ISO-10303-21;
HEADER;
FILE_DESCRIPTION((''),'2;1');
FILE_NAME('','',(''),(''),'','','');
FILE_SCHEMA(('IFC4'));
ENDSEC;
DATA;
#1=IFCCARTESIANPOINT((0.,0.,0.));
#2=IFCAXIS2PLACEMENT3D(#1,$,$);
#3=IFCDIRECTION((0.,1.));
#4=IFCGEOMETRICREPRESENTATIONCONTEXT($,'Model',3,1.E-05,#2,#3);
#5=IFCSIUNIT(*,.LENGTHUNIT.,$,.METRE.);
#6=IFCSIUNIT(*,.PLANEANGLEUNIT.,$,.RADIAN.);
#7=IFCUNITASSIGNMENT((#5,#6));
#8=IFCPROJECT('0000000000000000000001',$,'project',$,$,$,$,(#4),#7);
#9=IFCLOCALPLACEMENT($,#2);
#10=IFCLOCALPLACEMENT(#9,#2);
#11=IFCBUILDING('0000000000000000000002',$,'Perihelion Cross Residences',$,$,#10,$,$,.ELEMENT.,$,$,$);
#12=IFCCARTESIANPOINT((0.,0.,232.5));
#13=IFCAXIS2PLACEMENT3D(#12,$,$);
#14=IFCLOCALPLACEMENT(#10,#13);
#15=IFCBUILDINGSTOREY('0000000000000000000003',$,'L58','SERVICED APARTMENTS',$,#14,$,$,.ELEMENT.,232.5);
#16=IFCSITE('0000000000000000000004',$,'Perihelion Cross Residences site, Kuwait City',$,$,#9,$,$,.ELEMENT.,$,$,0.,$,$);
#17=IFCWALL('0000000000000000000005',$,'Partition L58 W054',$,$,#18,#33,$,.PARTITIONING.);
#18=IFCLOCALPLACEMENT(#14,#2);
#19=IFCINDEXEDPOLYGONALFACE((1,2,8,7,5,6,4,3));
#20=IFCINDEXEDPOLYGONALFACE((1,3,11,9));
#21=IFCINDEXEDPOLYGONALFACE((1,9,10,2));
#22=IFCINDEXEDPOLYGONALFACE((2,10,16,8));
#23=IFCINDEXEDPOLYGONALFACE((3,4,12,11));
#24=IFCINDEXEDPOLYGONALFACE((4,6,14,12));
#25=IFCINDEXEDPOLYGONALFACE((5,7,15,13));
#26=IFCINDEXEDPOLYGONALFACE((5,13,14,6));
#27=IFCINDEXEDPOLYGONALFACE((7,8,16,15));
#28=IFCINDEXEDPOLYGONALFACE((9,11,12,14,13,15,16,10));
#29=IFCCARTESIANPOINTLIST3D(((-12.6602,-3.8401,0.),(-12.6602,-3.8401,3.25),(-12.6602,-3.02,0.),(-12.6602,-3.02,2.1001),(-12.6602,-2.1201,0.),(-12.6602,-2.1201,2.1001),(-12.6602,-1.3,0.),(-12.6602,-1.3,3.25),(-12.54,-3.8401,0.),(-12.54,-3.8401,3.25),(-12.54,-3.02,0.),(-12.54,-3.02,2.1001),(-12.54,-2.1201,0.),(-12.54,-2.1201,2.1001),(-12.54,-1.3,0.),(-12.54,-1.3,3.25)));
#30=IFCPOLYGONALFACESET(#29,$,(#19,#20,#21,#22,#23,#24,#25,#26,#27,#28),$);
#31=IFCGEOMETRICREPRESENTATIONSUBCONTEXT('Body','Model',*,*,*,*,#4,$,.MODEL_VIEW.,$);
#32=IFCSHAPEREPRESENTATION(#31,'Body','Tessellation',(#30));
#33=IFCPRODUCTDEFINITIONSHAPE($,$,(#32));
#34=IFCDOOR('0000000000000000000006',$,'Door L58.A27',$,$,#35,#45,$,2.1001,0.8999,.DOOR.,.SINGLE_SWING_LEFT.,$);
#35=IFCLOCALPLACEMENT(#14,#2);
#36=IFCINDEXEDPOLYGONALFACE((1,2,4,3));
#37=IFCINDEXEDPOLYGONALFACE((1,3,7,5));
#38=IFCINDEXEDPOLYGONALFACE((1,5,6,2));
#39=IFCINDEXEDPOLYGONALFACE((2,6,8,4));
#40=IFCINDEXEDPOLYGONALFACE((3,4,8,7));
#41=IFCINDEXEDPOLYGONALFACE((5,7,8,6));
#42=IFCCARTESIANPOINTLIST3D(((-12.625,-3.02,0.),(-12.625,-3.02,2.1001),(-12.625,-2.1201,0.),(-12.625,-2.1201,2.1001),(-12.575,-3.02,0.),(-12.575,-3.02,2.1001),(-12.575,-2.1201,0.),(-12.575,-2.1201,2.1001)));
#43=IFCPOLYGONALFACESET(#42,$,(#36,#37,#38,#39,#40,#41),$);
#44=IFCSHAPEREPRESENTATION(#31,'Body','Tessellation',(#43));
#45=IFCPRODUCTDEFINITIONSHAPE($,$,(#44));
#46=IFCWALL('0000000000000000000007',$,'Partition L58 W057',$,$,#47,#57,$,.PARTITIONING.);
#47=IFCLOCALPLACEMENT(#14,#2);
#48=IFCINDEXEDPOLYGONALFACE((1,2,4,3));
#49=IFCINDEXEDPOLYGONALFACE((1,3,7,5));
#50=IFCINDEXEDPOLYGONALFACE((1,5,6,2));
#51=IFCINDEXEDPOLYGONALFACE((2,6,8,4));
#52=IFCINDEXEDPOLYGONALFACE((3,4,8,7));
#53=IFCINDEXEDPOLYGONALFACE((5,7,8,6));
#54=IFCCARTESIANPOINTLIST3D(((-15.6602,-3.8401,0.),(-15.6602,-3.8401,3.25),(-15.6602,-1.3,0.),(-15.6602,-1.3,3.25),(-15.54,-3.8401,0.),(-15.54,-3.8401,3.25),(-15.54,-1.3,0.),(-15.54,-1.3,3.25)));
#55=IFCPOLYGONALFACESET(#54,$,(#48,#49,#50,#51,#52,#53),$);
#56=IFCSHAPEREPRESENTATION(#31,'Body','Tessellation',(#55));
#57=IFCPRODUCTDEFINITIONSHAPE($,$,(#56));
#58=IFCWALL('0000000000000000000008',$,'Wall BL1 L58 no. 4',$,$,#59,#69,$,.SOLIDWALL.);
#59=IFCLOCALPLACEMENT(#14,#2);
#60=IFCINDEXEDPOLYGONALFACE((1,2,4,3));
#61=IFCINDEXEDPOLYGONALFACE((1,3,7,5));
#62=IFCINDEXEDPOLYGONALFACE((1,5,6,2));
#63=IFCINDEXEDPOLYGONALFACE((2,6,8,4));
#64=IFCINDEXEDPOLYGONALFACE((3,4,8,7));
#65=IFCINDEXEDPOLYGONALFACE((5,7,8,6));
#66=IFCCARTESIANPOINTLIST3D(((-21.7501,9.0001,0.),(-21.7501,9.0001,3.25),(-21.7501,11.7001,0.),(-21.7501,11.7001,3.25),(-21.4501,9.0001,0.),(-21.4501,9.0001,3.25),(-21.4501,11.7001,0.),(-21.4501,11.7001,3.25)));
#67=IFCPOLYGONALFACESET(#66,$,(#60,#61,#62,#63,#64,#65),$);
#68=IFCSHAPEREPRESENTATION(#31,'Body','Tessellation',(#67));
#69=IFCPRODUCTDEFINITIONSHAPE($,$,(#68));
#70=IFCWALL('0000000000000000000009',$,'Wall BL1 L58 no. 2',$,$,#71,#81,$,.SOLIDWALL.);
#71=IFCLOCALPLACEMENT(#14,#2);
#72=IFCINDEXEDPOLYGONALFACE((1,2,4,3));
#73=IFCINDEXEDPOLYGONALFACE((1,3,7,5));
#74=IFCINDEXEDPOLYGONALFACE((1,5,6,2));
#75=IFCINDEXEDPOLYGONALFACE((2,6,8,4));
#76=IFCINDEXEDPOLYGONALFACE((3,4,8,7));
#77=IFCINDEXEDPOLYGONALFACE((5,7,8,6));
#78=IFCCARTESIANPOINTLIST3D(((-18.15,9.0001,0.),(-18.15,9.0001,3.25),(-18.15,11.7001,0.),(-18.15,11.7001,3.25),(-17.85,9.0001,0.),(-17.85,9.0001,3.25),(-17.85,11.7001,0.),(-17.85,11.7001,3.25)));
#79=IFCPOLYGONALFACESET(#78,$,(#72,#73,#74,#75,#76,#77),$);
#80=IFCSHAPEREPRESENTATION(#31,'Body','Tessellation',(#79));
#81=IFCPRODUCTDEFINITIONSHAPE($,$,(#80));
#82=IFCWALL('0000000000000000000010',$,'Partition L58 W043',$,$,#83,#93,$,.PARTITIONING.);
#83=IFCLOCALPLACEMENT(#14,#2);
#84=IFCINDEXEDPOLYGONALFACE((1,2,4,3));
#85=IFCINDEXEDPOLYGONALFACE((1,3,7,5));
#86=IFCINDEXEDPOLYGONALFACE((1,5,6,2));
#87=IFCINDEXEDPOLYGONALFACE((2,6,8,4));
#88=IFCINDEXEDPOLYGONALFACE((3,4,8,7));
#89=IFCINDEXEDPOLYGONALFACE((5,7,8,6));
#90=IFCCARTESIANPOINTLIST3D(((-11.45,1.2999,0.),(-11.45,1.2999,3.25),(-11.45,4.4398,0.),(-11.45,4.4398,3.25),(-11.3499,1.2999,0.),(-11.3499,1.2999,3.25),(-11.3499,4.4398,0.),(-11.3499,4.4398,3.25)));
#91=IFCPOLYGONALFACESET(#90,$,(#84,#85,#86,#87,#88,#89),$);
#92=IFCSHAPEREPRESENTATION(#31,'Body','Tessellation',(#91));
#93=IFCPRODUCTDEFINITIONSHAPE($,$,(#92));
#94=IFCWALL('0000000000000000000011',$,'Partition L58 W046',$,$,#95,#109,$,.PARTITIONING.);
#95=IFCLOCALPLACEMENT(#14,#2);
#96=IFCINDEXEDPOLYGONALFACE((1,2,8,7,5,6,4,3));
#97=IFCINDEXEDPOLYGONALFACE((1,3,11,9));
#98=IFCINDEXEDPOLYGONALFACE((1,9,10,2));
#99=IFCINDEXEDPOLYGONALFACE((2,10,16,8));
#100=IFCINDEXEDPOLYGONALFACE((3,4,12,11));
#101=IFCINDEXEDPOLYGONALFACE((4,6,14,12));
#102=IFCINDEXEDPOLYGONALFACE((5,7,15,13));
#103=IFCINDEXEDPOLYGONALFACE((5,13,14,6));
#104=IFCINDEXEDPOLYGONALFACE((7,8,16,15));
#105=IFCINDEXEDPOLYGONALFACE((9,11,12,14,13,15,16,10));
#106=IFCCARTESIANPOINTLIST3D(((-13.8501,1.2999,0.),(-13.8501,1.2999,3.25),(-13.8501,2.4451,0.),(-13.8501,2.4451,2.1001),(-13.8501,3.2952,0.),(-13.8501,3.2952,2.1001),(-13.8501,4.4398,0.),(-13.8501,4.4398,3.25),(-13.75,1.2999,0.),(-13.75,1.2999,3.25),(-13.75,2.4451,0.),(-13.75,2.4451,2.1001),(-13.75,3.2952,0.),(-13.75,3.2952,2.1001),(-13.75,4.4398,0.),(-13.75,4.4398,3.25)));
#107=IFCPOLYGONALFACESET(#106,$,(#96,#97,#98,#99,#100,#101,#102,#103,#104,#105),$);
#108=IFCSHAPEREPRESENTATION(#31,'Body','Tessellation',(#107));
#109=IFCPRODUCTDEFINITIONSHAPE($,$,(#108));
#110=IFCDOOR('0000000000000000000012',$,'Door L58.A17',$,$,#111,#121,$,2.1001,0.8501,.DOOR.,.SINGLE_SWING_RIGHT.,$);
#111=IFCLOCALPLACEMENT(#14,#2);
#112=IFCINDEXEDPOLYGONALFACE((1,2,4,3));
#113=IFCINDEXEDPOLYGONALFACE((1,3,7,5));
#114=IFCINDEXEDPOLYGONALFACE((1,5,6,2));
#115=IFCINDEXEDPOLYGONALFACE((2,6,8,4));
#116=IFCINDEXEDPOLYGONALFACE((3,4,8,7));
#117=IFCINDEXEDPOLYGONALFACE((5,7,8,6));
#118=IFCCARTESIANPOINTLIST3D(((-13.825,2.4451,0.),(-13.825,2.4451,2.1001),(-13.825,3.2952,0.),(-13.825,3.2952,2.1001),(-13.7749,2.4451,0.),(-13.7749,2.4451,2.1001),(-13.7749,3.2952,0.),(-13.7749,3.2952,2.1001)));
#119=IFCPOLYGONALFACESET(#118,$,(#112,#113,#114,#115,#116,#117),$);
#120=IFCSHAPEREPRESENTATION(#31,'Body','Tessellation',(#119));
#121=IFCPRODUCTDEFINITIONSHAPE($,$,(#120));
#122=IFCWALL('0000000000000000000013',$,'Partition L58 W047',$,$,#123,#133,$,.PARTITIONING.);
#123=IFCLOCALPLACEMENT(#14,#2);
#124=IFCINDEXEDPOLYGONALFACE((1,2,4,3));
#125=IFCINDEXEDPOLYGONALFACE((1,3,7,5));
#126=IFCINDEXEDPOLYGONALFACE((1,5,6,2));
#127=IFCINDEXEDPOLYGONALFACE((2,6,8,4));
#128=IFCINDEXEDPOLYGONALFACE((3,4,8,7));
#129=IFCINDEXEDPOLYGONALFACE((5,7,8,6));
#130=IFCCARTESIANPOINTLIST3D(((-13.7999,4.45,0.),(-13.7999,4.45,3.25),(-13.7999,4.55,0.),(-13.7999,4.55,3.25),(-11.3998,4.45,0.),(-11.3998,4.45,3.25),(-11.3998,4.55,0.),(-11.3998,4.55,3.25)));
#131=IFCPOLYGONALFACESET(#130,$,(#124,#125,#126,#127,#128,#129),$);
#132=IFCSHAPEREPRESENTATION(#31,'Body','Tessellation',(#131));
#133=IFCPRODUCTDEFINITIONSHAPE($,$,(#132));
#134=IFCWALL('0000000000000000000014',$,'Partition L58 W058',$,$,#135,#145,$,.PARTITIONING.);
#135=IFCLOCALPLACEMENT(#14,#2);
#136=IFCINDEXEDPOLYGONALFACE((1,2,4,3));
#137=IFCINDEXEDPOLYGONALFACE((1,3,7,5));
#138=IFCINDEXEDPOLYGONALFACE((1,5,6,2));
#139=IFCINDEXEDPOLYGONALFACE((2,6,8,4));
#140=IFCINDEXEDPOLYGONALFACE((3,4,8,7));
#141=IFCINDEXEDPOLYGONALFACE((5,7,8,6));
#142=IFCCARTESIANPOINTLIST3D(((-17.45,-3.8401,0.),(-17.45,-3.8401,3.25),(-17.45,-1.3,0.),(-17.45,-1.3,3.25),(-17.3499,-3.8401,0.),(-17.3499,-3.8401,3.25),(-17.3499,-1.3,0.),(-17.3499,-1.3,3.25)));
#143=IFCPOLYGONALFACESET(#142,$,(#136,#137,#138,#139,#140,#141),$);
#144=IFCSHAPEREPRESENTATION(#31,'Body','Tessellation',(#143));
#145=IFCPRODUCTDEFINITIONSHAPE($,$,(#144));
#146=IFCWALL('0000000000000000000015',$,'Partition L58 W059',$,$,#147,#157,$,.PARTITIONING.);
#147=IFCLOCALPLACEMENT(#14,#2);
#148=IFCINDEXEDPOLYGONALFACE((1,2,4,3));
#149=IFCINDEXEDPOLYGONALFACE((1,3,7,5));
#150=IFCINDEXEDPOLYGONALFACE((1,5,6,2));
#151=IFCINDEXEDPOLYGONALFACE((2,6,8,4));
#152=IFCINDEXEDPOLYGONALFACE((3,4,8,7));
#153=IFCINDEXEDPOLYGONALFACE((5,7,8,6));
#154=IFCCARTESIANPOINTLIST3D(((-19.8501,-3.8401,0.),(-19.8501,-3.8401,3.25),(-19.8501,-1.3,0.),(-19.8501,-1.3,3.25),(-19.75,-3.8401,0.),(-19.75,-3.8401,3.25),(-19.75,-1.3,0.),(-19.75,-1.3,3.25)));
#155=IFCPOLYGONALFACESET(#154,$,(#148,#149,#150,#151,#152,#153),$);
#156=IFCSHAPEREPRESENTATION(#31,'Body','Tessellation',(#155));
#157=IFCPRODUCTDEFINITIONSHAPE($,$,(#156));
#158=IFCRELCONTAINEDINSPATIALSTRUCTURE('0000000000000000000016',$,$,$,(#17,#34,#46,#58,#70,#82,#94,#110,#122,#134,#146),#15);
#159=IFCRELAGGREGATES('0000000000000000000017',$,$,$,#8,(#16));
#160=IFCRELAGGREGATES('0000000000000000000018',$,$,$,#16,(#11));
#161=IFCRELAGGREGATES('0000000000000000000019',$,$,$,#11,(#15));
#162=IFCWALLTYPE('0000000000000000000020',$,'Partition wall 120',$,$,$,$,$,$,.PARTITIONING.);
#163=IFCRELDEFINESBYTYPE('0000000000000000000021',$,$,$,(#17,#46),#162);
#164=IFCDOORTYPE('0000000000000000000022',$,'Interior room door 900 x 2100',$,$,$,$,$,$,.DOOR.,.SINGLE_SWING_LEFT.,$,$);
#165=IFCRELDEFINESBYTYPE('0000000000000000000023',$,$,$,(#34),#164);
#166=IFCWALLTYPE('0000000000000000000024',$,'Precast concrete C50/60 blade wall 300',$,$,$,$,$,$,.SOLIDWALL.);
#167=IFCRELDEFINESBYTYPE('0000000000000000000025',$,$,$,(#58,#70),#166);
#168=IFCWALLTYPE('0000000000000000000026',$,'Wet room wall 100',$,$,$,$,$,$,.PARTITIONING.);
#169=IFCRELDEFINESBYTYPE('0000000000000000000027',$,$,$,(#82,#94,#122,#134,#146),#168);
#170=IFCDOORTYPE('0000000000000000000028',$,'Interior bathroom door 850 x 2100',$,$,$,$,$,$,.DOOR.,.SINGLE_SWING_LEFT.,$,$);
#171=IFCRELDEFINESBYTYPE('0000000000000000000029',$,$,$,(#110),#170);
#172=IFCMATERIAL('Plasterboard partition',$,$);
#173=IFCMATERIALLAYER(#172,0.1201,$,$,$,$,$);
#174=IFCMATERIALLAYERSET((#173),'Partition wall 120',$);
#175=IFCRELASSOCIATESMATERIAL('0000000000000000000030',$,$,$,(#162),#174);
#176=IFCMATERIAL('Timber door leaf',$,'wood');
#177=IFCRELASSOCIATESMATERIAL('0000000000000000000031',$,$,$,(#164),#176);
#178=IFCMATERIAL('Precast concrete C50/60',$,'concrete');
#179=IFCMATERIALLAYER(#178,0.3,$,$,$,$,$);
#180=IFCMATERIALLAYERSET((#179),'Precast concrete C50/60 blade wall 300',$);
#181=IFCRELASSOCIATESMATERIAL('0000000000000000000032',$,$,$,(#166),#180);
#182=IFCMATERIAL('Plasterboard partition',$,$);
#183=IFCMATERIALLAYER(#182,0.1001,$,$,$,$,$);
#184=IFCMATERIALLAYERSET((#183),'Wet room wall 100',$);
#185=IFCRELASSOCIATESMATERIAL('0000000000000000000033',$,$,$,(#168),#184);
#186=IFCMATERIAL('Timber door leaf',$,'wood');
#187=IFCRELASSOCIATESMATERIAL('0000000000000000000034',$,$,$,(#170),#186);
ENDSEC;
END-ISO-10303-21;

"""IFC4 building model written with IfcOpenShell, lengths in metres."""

from ifc_helpers import new_model, si_unit, direction, frame, frame_2d, origin, place, context, subcontext, project, spatial, rectangle, extrude, material, layer, layer_set, type_object, element, fill, save


model = new_model("IFC4")

# Units and contexts
model_context = context("Model", 3, precision=1e-05, world=origin(), true_north=direction((0.0, 1.0)))
body_context = subcontext(model_context, "Body", "Model", "MODEL_VIEW")
ifc_project = project(units=[si_unit("LENGTHUNIT", "METRE"), si_unit("PLANEANGLEUNIT", "RADIAN")], contexts=[model_context])

# Site, building, storey
site_placement = place(None, origin())
site = spatial("IfcSite", under=ifc_project, at=site_placement, Name="Perihelion Cross Residences site, Kuwait City", CompositionType="ELEMENT", RefElevation=0.0)
building_placement = place(site_placement, origin())
building = spatial("IfcBuilding", under=site, at=building_placement, Name="Perihelion Cross Residences", CompositionType="ELEMENT")
storey_placement = place(building_placement, frame((0.0, 0.0, 232.5)))
storey = spatial("IfcBuildingStorey", under=building, at=storey_placement, Name="L58", Description="SERVICED APARTMENTS", CompositionType="ELEMENT", Elevation=232.5)

# Shared definitions
ifc_material_1 = material(Name="Plasterboard partition")
ifc_layer_1 = layer(ifc_material_1, 0.1201)
ifc_layer_set_1 = layer_set([ifc_layer_1], Name="Partition wall 120")
wall_type_1 = type_object("IfcWallType", Name="Partition wall 120", PredefinedType="PARTITIONING", material=ifc_layer_set_1)
ifc_material_2 = material(Name="Timber door leaf", Category="wood")
door_type_1 = type_object("IfcDoorType", Name="Interior room door 900 x 2100", OperationType="SINGLE_SWING_LEFT", PredefinedType="DOOR", material=ifc_material_2)

# Wall, opening, door
wall_1_placement = place(storey_placement, frame((-12.6001, -3.8401, 0.0), z_axis=(0.0, 0.0, 1.0), x_axis=(0.0, 1.0, 0.0)))
wall_1 = element("IfcWall", 1, at=wall_1_placement, inside=storey, type_object=wall_type_1, Name="Partition L58 W054", PredefinedType="PARTITIONING", context=body_context, shape_type="SweptSolid", body=[
    extrude(rectangle(XDim=2.54, YDim=0.1201, at=frame_2d((1.27, 0.0))), origin(), (0.0, 0.0, 1.0), 3.25),
])
opening_1_placement = place(wall_1_placement, frame((0.8201, 0.0, 0.0)))
opening_1 = element("IfcOpeningElement", 2, at=opening_1_placement, cuts=wall_1, PredefinedType="OPENING", context=body_context, shape_type="SweptSolid", body=[
    extrude(rectangle(XDim=0.8999, YDim=2.1001, at=frame_2d((0.45, 1.05))), frame((0.0, 0.0701, 0.0), z_axis=(0.0, -1.0, 0.0), x_axis=(1.0, 0.0, 0.0)), (0.0, 0.0, 1.0), 0.1401),
])
door_1_placement = place(opening_1_placement, origin())
door_1 = element("IfcDoor", 3, at=door_1_placement, inside=storey, type_object=door_type_1, Name="Door L58.A27", OperationType="SINGLE_SWING_LEFT", OverallHeight=2.1001, OverallWidth=0.8999, PredefinedType="DOOR", context=body_context, shape_type="SweptSolid", body=[
    extrude(rectangle(XDim=0.8999, YDim=2.1001, at=frame_2d((0.45, 1.05))), frame((0.0, 0.0249, 0.0), z_axis=(0.0, -1.0, 0.0), x_axis=(1.0, 0.0, 0.0)), (0.0, 0.0, 1.0), 0.05),
])
fill(opening_1, door_1)

# Walls
wall_2_placement = place(storey_placement, frame((-15.6001, -3.8401, 0.0), z_axis=(0.0, 0.0, 1.0), x_axis=(0.0, 1.0, 0.0)))
element("IfcWall", 4, at=wall_2_placement, inside=storey, type_object=wall_type_1, Name="Partition L58 W057", PredefinedType="PARTITIONING", context=body_context, shape_type="SweptSolid", body=[
    extrude(rectangle(XDim=2.54, YDim=0.1201, at=frame_2d((1.27, 0.0))), origin(), (0.0, 0.0, 1.0), 3.25),
])
ifc_material_3 = material(Name="Precast concrete C50/60", Category="concrete")
ifc_layer_2 = layer(ifc_material_3, 0.3)
ifc_layer_set_2 = layer_set([ifc_layer_2], Name="Precast concrete C50/60 blade wall 300")
wall_type_2 = type_object("IfcWallType", Name="Precast concrete C50/60 blade wall 300", PredefinedType="SOLIDWALL", material=ifc_layer_set_2)
for number, where, z_axis, x_axis, name in (
    (5, (-21.6001, 9.0, 0.0), (0.0, 0.0, 1.0), (0.0, 1.0, 0.0), "Wall BL1 L58 no. 4"),
    (6, (-18.0, 9.0, 0.0), (0.0, 0.0, 1.0), (0.0, 1.0, 0.0), "Wall BL1 L58 no. 2"),
):
    element("IfcWall", number, at=place(storey_placement, frame(where, z_axis=z_axis, x_axis=x_axis)), inside=storey, type_object=wall_type_2, Name=name, PredefinedType="SOLIDWALL", context=body_context, shape_type="SweptSolid", body=[
        extrude(rectangle(XDim=2.7, YDim=0.3, at=frame_2d((1.3501, 0.0))), origin(), (0.0, 0.0, 1.0), 3.25),
    ])
ifc_material_4 = material(Name="Plasterboard partition")
ifc_layer_3 = layer(ifc_material_4, 0.1001)
ifc_layer_set_3 = layer_set([ifc_layer_3], Name="Wet room wall 100")
wall_type_3 = type_object("IfcWallType", Name="Wet room wall 100", PredefinedType="PARTITIONING", material=ifc_layer_set_3)
wall_3_placement = place(storey_placement, frame((-11.3999, 1.3, 0.0), z_axis=(0.0, 0.0, 1.0), x_axis=(0.0, 1.0, 0.0)))
element("IfcWall", 7, at=wall_3_placement, inside=storey, type_object=wall_type_3, Name="Partition L58 W043", PredefinedType="PARTITIONING", context=body_context, shape_type="SweptSolid", body=[
    extrude(rectangle(XDim=3.1399, YDim=0.1001, at=frame_2d((1.5698, 0.0))), origin(), (0.0, 0.0, 1.0), 3.25),
])

# Wall, opening, door
wall_4_placement = place(storey_placement, frame((-13.8, 1.3, 0.0), z_axis=(0.0, 0.0, 1.0), x_axis=(0.0, 1.0, 0.0)))
wall_4 = element("IfcWall", 8, at=wall_4_placement, inside=storey, type_object=wall_type_3, Name="Partition L58 W046", PredefinedType="PARTITIONING", context=body_context, shape_type="SweptSolid", body=[
    extrude(rectangle(XDim=3.1399, YDim=0.1001, at=frame_2d((1.5698, 0.0))), origin(), (0.0, 0.0, 1.0), 3.25),
])
opening_2_placement = place(wall_4_placement, frame((1.145, 0.0, 0.0)))
opening_2 = element("IfcOpeningElement", 9, at=opening_2_placement, cuts=wall_4, PredefinedType="OPENING", context=body_context, shape_type="SweptSolid", body=[
    extrude(rectangle(XDim=0.8501, YDim=2.1001, at=frame_2d((0.425, 1.05))), frame((0.0, 0.0601, 0.0), z_axis=(0.0, -1.0, 0.0), x_axis=(1.0, 0.0, 0.0)), (0.0, 0.0, 1.0), 0.1201),
])
ifc_material_5 = material(Name="Timber door leaf", Category="wood")
door_type_2 = type_object("IfcDoorType", Name="Interior bathroom door 850 x 2100", OperationType="SINGLE_SWING_LEFT", PredefinedType="DOOR", material=ifc_material_5)
door_2_placement = place(opening_2_placement, origin())
door_2 = element("IfcDoor", 10, at=door_2_placement, inside=storey, type_object=door_type_2, Name="Door L58.A17", OperationType="SINGLE_SWING_RIGHT", OverallHeight=2.1001, OverallWidth=0.8501, PredefinedType="DOOR", context=body_context, shape_type="SweptSolid", body=[
    extrude(rectangle(XDim=0.8501, YDim=2.1001, at=frame_2d((0.425, 1.05))), frame((0.0, 0.0249, 0.0), z_axis=(0.0, -1.0, 0.0), x_axis=(1.0, 0.0, 0.0)), (0.0, 0.0, 1.0), 0.05),
])
fill(opening_2, door_2)

# Walls
wall_5_placement = place(storey_placement, frame((-13.8, 4.5, 0.0), z_axis=(0.0, 0.0, 1.0), x_axis=(1.0, 0.0, 0.0)))
element("IfcWall", 11, at=wall_5_placement, inside=storey, type_object=wall_type_3, Name="Partition L58 W047", PredefinedType="PARTITIONING", context=body_context, shape_type="SweptSolid", body=[
    extrude(rectangle(XDim=2.4001, YDim=0.1001, at=frame_2d((1.2002, 0.0))), origin(), (0.0, 0.0, 1.0), 3.25),
])
for number, where, z_axis, x_axis, name in (
    (12, (-17.3999, -3.8401, 0.0), (0.0, 0.0, 1.0), (0.0, 1.0, 0.0), "Partition L58 W058"),
    (13, (-19.8, -3.8401, 0.0), (0.0, 0.0, 1.0), (0.0, 1.0, 0.0), "Partition L58 W059"),
):
    element("IfcWall", number, at=place(storey_placement, frame(where, z_axis=z_axis, x_axis=x_axis)), inside=storey, type_object=wall_type_3, Name=name, PredefinedType="PARTITIONING", context=body_context, shape_type="SweptSolid", body=[
        extrude(rectangle(XDim=2.54, YDim=0.1001, at=frame_2d((1.27, 0.0))), origin(), (0.0, 0.0, 1.0), 3.25),
    ])

save(model, "model.ifc")
